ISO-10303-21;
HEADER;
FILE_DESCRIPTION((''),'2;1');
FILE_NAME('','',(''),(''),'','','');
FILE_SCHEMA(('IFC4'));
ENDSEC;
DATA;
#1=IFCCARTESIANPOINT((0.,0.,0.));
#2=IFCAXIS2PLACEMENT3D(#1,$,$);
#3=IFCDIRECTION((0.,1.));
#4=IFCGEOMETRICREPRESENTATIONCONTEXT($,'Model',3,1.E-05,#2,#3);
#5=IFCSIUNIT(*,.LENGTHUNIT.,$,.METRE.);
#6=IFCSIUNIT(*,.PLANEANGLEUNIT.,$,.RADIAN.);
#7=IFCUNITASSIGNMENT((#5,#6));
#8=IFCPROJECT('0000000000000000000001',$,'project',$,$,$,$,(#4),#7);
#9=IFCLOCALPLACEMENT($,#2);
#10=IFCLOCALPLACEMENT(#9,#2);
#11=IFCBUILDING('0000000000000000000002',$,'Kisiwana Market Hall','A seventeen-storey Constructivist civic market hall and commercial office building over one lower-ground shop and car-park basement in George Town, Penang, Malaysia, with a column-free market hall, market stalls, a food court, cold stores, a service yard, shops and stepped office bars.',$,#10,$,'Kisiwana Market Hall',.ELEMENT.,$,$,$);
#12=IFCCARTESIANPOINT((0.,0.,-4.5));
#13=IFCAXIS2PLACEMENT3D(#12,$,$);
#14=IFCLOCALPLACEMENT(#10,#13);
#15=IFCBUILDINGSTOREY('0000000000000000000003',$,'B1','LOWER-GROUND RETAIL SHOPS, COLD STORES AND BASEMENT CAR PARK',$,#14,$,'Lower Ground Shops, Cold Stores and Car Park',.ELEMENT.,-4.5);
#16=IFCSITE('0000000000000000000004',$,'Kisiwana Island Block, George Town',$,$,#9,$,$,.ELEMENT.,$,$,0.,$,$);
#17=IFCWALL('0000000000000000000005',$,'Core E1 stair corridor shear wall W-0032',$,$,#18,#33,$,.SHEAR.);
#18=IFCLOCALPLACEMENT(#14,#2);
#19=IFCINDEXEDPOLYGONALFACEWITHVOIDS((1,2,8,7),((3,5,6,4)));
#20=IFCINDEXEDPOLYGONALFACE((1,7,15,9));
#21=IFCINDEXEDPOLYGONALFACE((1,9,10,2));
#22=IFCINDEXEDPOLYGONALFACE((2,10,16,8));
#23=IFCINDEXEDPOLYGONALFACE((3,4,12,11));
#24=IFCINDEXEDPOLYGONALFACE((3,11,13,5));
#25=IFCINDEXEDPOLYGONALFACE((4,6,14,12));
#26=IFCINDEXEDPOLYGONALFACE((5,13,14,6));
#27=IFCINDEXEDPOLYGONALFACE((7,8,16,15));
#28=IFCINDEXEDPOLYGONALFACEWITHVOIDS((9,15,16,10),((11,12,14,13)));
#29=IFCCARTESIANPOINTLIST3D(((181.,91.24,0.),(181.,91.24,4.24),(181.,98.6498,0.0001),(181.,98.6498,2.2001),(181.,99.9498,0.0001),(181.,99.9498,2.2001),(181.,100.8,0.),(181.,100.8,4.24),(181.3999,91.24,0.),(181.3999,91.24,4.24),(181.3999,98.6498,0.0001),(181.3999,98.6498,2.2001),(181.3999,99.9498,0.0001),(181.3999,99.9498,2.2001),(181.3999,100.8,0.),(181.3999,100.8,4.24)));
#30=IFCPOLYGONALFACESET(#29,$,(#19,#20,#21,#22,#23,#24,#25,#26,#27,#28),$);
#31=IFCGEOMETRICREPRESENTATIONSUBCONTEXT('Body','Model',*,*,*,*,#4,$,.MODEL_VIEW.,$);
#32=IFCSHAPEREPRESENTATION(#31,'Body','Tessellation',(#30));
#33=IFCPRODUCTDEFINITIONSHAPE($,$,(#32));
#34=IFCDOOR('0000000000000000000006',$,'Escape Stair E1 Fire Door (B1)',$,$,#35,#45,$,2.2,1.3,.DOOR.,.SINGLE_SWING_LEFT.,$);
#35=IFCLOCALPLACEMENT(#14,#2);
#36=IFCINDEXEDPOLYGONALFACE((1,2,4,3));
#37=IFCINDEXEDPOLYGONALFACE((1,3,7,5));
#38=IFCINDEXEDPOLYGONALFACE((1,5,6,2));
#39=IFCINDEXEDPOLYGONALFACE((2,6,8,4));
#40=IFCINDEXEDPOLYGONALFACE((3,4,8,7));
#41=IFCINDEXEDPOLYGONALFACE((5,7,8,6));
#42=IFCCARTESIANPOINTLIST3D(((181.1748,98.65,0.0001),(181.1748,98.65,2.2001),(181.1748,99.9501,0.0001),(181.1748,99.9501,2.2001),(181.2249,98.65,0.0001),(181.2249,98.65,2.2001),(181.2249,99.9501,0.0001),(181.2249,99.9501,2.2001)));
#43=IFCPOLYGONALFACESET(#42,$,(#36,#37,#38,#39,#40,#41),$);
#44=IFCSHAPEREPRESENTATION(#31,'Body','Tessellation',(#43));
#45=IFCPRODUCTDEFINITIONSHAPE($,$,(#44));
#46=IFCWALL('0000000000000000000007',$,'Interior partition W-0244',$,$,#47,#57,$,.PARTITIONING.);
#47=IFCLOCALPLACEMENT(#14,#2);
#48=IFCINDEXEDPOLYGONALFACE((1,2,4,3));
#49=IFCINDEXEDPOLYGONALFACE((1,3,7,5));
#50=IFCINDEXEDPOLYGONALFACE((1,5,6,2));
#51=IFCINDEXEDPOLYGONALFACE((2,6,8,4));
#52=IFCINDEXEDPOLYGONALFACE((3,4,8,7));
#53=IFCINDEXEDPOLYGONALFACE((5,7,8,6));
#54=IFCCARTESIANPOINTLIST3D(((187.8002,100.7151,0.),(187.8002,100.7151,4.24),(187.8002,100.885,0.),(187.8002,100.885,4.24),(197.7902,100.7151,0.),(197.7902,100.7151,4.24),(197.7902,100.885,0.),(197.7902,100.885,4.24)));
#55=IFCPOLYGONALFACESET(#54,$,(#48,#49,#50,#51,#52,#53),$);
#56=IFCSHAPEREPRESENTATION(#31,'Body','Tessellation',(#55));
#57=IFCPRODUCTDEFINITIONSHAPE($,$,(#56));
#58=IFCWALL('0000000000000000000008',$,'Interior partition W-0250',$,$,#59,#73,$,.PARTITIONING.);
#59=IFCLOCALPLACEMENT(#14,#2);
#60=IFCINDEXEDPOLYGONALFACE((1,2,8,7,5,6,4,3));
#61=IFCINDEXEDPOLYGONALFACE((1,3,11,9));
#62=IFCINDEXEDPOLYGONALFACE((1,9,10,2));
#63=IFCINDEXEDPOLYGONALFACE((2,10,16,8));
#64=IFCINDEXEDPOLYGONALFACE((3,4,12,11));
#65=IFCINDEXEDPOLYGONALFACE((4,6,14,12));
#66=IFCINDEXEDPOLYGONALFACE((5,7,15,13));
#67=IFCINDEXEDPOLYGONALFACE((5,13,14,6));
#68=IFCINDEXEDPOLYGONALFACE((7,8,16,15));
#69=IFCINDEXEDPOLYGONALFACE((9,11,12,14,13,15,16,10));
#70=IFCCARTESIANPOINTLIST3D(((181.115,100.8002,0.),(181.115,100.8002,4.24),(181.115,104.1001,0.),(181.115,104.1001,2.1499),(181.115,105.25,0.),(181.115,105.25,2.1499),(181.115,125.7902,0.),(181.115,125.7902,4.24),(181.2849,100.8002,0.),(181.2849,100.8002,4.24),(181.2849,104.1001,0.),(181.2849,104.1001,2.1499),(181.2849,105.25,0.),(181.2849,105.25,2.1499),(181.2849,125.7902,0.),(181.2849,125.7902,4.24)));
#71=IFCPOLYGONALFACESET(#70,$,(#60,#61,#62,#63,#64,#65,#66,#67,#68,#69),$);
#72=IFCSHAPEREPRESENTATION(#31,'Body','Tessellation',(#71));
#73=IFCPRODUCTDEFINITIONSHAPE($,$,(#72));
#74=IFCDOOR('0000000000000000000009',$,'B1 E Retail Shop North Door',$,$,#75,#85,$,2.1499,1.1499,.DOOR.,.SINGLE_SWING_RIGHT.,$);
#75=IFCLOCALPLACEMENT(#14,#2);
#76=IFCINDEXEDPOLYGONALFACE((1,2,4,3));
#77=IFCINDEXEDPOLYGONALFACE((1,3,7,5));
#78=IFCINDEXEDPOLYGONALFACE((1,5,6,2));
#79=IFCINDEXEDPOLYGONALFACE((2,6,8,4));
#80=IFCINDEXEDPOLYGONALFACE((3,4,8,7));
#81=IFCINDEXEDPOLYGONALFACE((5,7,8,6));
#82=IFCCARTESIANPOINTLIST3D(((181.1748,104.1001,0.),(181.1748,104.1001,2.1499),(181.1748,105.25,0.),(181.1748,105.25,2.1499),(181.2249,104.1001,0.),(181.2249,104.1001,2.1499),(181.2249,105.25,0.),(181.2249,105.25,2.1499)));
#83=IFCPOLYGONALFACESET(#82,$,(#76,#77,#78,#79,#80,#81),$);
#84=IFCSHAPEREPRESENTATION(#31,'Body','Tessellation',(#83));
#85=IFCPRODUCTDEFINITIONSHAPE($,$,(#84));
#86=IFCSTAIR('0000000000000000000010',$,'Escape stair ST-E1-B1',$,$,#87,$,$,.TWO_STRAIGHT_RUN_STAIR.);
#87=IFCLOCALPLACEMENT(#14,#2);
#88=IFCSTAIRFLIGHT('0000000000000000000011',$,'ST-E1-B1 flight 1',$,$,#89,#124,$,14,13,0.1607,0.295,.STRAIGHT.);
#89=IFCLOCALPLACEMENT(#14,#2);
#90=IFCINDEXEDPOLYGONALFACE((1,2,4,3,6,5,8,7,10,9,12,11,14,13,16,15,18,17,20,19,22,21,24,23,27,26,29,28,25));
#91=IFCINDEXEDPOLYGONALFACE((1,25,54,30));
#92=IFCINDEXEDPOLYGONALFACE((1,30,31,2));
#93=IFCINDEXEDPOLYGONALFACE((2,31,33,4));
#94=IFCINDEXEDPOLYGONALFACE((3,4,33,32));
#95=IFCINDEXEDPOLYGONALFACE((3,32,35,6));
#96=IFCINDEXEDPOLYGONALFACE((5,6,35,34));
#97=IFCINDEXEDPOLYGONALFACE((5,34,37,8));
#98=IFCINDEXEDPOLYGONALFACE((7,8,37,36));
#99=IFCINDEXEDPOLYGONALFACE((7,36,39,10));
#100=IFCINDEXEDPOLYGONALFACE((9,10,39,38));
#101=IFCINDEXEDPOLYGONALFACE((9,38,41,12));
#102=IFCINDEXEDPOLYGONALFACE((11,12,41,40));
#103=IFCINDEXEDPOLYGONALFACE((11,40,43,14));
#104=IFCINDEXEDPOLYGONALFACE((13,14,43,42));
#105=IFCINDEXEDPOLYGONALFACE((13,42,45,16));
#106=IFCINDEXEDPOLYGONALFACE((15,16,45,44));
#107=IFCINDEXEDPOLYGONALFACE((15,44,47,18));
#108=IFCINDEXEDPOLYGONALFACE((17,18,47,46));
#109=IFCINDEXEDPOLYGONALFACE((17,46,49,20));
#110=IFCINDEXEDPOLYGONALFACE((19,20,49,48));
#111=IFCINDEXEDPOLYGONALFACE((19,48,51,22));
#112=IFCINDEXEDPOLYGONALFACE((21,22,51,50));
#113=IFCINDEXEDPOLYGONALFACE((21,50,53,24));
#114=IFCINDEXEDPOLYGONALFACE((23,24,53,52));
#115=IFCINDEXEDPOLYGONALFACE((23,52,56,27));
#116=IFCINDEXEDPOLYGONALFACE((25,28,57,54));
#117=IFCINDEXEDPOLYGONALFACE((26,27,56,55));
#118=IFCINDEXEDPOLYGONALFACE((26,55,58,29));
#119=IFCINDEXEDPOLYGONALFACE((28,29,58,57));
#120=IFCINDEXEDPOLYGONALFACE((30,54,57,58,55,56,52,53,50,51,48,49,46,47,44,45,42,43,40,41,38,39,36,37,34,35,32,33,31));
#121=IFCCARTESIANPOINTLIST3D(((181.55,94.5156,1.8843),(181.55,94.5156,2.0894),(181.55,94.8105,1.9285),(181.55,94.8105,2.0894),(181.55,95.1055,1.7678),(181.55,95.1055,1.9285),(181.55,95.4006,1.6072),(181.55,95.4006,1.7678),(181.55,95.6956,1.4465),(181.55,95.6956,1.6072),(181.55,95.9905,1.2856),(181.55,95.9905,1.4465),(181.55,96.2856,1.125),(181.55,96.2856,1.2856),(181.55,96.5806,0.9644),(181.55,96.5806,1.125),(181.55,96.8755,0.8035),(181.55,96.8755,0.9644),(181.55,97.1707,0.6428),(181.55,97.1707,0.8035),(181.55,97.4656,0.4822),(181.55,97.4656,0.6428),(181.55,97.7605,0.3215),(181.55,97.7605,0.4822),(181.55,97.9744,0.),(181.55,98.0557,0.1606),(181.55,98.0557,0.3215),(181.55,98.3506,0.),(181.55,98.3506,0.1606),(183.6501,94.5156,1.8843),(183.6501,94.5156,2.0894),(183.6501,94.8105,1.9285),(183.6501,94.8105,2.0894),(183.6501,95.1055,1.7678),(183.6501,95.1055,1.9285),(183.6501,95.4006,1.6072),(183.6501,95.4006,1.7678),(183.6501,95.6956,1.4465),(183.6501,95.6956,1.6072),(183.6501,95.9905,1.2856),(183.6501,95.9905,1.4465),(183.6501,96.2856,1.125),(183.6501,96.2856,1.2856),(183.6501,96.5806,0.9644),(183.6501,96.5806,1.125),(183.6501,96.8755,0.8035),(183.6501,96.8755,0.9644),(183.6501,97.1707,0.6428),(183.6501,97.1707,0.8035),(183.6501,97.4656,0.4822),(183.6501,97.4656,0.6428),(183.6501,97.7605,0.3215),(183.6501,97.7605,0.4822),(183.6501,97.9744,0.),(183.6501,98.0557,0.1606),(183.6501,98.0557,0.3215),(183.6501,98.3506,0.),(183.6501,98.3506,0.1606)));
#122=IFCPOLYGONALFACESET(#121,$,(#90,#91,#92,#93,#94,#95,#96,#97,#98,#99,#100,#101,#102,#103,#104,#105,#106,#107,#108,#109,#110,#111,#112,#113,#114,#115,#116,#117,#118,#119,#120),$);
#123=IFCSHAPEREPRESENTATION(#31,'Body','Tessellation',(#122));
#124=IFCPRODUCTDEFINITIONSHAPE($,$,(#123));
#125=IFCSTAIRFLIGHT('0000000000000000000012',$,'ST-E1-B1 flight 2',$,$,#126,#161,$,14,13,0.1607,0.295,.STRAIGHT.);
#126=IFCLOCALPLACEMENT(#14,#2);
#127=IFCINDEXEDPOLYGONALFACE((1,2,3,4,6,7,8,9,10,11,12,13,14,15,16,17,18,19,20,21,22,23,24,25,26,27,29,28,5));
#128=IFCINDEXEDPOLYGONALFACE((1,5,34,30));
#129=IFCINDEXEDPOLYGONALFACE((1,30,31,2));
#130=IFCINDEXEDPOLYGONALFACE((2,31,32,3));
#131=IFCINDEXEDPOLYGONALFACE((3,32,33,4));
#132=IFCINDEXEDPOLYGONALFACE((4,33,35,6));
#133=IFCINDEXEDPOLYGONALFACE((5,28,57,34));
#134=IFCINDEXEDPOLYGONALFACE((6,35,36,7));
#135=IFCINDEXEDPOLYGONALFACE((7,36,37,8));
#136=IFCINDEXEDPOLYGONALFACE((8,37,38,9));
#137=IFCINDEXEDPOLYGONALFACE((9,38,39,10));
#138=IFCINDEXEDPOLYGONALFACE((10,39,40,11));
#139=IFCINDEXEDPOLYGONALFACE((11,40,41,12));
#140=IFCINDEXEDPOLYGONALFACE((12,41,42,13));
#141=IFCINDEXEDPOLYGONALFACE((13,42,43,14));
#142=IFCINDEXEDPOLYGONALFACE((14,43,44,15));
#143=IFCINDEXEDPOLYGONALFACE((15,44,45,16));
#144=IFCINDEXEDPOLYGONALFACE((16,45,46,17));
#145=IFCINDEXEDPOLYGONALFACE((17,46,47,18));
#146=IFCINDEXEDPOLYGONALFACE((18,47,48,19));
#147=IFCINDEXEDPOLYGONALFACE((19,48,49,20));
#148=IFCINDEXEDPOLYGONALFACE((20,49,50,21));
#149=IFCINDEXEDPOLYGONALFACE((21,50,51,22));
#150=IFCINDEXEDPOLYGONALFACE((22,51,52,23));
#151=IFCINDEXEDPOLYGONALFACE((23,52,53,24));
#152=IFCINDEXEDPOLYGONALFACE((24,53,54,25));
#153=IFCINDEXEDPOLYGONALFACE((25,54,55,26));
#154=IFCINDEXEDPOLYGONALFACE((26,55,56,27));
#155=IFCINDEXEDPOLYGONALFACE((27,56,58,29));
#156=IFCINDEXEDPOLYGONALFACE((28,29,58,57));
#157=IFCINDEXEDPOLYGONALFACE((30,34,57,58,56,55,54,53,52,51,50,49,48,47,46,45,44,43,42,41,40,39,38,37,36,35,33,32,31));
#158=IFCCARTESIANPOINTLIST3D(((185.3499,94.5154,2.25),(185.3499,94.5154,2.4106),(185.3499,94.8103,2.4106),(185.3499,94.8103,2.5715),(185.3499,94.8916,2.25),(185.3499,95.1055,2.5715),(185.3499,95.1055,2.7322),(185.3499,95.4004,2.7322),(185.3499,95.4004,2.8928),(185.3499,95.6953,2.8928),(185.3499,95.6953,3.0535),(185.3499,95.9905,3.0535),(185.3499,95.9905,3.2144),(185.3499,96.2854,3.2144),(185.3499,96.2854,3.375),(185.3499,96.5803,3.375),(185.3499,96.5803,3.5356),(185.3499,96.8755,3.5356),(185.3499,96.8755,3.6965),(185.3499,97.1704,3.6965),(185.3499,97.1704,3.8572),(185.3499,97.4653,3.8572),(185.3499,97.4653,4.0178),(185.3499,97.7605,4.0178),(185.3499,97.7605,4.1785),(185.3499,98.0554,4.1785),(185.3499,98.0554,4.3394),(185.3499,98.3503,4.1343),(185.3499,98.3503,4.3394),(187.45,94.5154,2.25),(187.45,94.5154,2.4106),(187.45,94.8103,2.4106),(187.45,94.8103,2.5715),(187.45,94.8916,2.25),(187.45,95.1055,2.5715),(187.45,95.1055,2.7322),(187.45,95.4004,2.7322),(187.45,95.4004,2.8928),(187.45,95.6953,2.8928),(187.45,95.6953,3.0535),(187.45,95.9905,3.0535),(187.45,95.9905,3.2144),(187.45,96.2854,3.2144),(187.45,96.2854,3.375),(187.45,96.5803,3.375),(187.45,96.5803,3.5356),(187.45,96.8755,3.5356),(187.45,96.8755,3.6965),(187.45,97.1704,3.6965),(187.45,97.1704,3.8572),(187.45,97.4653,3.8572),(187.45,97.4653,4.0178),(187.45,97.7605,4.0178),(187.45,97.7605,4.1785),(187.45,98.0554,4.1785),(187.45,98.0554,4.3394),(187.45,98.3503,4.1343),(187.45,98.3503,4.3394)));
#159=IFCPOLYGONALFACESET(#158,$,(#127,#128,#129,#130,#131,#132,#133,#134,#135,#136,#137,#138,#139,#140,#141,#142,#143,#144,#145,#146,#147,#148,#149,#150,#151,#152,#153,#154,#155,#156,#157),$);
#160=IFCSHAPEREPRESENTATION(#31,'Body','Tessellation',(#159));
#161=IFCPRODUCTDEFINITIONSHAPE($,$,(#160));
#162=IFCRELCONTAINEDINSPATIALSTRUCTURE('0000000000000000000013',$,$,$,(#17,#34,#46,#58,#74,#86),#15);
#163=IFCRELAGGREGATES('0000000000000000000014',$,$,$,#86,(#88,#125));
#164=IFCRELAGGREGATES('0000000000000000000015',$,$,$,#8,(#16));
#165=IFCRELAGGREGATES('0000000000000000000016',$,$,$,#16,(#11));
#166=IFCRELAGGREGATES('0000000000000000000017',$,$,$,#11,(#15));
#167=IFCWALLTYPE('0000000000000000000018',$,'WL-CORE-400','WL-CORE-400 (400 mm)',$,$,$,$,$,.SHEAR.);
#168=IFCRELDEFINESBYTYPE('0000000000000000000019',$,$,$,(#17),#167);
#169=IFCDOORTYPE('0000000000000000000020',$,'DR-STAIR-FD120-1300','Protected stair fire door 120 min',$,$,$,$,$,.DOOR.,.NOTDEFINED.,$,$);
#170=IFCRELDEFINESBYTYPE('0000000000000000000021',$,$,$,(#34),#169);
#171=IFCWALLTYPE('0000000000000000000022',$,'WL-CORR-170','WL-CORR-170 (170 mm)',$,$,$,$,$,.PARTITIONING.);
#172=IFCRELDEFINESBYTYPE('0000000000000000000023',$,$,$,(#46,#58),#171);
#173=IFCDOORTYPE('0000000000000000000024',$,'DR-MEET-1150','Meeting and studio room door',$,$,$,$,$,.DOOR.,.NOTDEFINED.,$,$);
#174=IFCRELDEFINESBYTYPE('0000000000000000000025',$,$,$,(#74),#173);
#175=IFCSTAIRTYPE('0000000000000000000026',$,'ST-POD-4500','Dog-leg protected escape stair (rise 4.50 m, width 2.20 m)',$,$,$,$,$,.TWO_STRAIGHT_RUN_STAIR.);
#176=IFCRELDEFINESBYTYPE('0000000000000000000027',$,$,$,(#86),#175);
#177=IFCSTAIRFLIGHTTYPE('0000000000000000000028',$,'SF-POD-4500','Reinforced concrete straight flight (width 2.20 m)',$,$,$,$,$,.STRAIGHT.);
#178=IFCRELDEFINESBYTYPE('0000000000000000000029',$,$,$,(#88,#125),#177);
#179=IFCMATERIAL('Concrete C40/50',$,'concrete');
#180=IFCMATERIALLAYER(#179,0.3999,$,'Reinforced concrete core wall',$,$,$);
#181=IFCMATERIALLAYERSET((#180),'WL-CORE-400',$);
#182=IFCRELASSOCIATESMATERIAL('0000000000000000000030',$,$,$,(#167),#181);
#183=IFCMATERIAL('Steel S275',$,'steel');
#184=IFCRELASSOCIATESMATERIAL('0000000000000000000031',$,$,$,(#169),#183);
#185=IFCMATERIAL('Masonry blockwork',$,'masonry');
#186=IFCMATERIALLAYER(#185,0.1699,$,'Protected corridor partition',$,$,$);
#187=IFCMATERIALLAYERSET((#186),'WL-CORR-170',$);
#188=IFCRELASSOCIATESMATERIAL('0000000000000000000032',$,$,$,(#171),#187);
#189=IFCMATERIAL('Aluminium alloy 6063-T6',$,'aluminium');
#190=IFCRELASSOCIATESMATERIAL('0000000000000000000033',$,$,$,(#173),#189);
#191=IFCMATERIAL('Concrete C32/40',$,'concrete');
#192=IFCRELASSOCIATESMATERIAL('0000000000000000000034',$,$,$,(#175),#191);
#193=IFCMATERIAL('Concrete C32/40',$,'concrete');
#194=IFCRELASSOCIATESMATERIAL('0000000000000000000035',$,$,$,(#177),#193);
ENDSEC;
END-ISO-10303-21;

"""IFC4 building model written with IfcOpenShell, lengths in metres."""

from ifc_helpers import new_model, si_unit, direction, frame, frame_2d, origin, place, context, subcontext, project, spatial, polyline, rectangle, outline, extrude, material, layer, layer_set, type_object, element, fill, aggregate, save


model = new_model("IFC4")

# Units and contexts
model_context = context("Model", 3, precision=1e-05, world=origin(), true_north=direction((0.0, 1.0)))
body_context = subcontext(model_context, "Body", "Model", "MODEL_VIEW")
ifc_project = project(units=[si_unit("LENGTHUNIT", "METRE"), si_unit("PLANEANGLEUNIT", "RADIAN")], contexts=[model_context])

# Site, building, storey
site_placement = place(None, origin())
site = spatial("IfcSite", under=ifc_project, at=site_placement, Name="Kisiwana Island Block, George Town", CompositionType="ELEMENT", RefElevation=0.0)
building_placement = place(site_placement, origin())
building = spatial("IfcBuilding", under=site, at=building_placement, Name="Kisiwana Market Hall", Description="A seventeen-storey Constructivist civic market hall and commercial office building over one lower-ground shop and car-park basement in George Town, Penang, Malaysia, with a column-free market hall, market stalls, a food court, cold stores, a service yard, shops and stepped office bars.", LongName="Kisiwana Market Hall", CompositionType="ELEMENT")
storey_placement = place(building_placement, frame((0.0, 0.0, -4.5)))
storey = spatial("IfcBuildingStorey", under=building, at=storey_placement, Name="B1", Description="LOWER-GROUND RETAIL SHOPS, COLD STORES AND BASEMENT CAR PARK", LongName="Lower Ground Shops, Cold Stores and Car Park", CompositionType="ELEMENT", Elevation=-4.5)

# Shared definitions
ifc_material_1 = material(Name="Concrete C40/50", Category="concrete")
ifc_layer_1 = layer(ifc_material_1, 0.3999, Name="Reinforced concrete core wall")
ifc_layer_set_1 = layer_set([ifc_layer_1], Name="WL-CORE-400")
wall_type_1 = type_object("IfcWallType", Name="WL-CORE-400", Description="WL-CORE-400 (400 mm)", PredefinedType="SHEAR", material=ifc_layer_set_1)

# Wall, opening, door
wall_1_placement = place(storey_placement, frame((181.2, 91.24, 0.0), z_axis=(0.0, 0.0, 1.0), x_axis=(0.0, 1.0, 0.0)))
wall_1 = element("IfcWall", 1, at=wall_1_placement, inside=storey, type_object=wall_type_1, Name="Core E1 stair corridor shear wall W-0032", PredefinedType="SHEAR", context=body_context, shape_type="SweptSolid", body=[
    extrude(rectangle(XDim=9.5601, YDim=0.3999, at=frame_2d((4.78, 0.0))), origin(), (0.0, 0.0, 1.0), 4.24),
])
opening_1_placement = place(wall_1_placement, frame((7.4099, 0.0, 0.0)))
opening_1 = element("IfcOpeningElement", 2, at=opening_1_placement, cuts=wall_1, PredefinedType="OPENING", context=body_context, shape_type="SweptSolid", body=[
    extrude(rectangle(XDim=1.3, YDim=2.2, at=frame_2d((0.6499, 1.1001))), frame((0.0, 0.2119, 0.0), z_axis=(0.0, -1.0, 0.0), x_axis=(1.0, 0.0, 0.0)), (0.0, 0.0, 1.0), 0.4238),
])
ifc_material_2 = material(Name="Steel S275", Category="steel")
door_type_1 = type_object("IfcDoorType", Name="DR-STAIR-FD120-1300", Description="Protected stair fire door 120 min", OperationType="NOTDEFINED", PredefinedType="DOOR", material=ifc_material_2)
door_1_placement = place(opening_1_placement, frame((1.3, 0.0, 0.0), z_axis=(0.0, 0.0, 1.0), x_axis=(-1.0, 0.0, 0.0)))
door_1 = element("IfcDoor", 3, at=door_1_placement, inside=storey, type_object=door_type_1, Name="Escape Stair E1 Fire Door (B1)", OperationType="SINGLE_SWING_LEFT", OverallHeight=2.2, OverallWidth=1.3, PredefinedType="DOOR", context=body_context, shape_type="SweptSolid", body=[
    extrude(rectangle(XDim=1.3, YDim=2.2, at=frame_2d((0.6499, 1.1001))), frame((0.0, 0.0249, 0.0), z_axis=(0.0, -1.0, 0.0), x_axis=(1.0, 0.0, 0.0)), (0.0, 0.0, 1.0), 0.05),
])
fill(opening_1, door_1)

# Wall
ifc_material_3 = material(Name="Masonry blockwork", Category="masonry")
ifc_layer_2 = layer(ifc_material_3, 0.1699, Name="Protected corridor partition")
ifc_layer_set_2 = layer_set([ifc_layer_2], Name="WL-CORR-170")
wall_type_2 = type_object("IfcWallType", Name="WL-CORR-170", Description="WL-CORR-170 (170 mm)", PredefinedType="PARTITIONING", material=ifc_layer_set_2)
wall_2_placement = place(storey_placement, frame((187.8, 100.8, 0.0), z_axis=(0.0, 0.0, 1.0), x_axis=(1.0, 0.0, 0.0)))
element("IfcWall", 4, at=wall_2_placement, inside=storey, type_object=wall_type_2, Name="Interior partition W-0244", PredefinedType="PARTITIONING", context=body_context, shape_type="SweptSolid", body=[
    extrude(rectangle(XDim=9.99, YDim=0.1699, at=frame_2d((4.9951, 0.0))), origin(), (0.0, 0.0, 1.0), 4.24),
])

# Wall, opening, door
wall_3_placement = place(storey_placement, frame((181.2, 100.8, 0.0), z_axis=(0.0, 0.0, 1.0), x_axis=(0.0, 1.0, 0.0)))
wall_3 = element("IfcWall", 5, at=wall_3_placement, inside=storey, type_object=wall_type_2, Name="Interior partition W-0250", PredefinedType="PARTITIONING", context=body_context, shape_type="SweptSolid", body=[
    extrude(rectangle(XDim=24.99, YDim=0.1699, at=frame_2d((12.4951, 0.0))), origin(), (0.0, 0.0, 1.0), 4.24),
])
opening_2_placement = place(wall_3_placement, frame((3.3, 0.0, 0.0)))
opening_2 = element("IfcOpeningElement", 6, at=opening_2_placement, cuts=wall_3, PredefinedType="OPENING", context=body_context, shape_type="SweptSolid", body=[
    extrude(rectangle(XDim=1.1499, YDim=2.1499, at=frame_2d((0.575, 1.075))), frame((0.0, 0.0969, 0.0), z_axis=(0.0, -1.0, 0.0), x_axis=(1.0, 0.0, 0.0)), (0.0, 0.0, 1.0), 0.1938),
])
ifc_material_4 = material(Name="Aluminium alloy 6063-T6", Category="aluminium")
door_type_2 = type_object("IfcDoorType", Name="DR-MEET-1150", Description="Meeting and studio room door", OperationType="NOTDEFINED", PredefinedType="DOOR", material=ifc_material_4)
door_2_placement = place(opening_2_placement, frame((1.1499, 0.0, 0.0), z_axis=(0.0, 0.0, 1.0), x_axis=(-1.0, 0.0, 0.0)))
door_2 = element("IfcDoor", 7, at=door_2_placement, inside=storey, type_object=door_type_2, Name="B1 E Retail Shop North Door", OperationType="SINGLE_SWING_RIGHT", OverallHeight=2.1499, OverallWidth=1.1499, PredefinedType="DOOR", context=body_context, shape_type="SweptSolid", body=[
    extrude(rectangle(XDim=1.1499, YDim=2.1499, at=frame_2d((0.575, 1.075))), frame((0.0, 0.0249, 0.0), z_axis=(0.0, -1.0, 0.0), x_axis=(1.0, 0.0, 0.0)), (0.0, 0.0, 1.0), 0.05),
])
fill(opening_2, door_2)

# Stair, stair flights
ifc_material_5 = material(Name="Concrete C32/40", Category="concrete")
stair_type = type_object("IfcStairType", Name="ST-POD-4500", Description="Dog-leg protected escape stair (rise 4.50 m, width 2.20 m)", PredefinedType="TWO_STRAIGHT_RUN_STAIR", material=ifc_material_5)
stair_placement = place(storey_placement, origin())
stair = element("IfcStair", 8, at=stair_placement, inside=storey, type_object=stair_type, Name="Escape stair ST-E1-B1", PredefinedType="TWO_STRAIGHT_RUN_STAIR")
ifc_material_6 = material(Name="Concrete C32/40", Category="concrete")
stair_flight_type = type_object("IfcStairFlightType", Name="SF-POD-4500", Description="Reinforced concrete straight flight (width 2.20 m)", PredefinedType="STRAIGHT", material=ifc_material_6)
stair_flight_1_placement = place(storey_placement, frame((182.6001, 98.3506, 0.0), z_axis=(0.0, 0.0, 1.0), x_axis=(0.0, -1.0, 0.0)))
stair_flight_1 = element("IfcStairFlight", 9, at=stair_flight_1_placement, type_object=stair_flight_type, Name="ST-E1-B1 flight 1", NumberOfRisers=14, NumberOfTreads=13, PredefinedType="STRAIGHT", RiserHeight=0.1607, TreadLength=0.295, context=body_context, shape_type="SweptSolid", body=[
    extrude(outline(polyline([(0.0, 0.0), (0.0, 0.1606), (0.2949, 0.1606), (0.2949, 0.3215), (0.5901, 0.3215), (0.5901, 0.4822), (0.885, 0.4822), (0.885, 0.6428), (1.1799, 0.6428), (1.1799, 0.8035), (1.4751, 0.8035), (1.4751, 0.9644), (1.77, 0.9644), (1.77, 1.125), (2.0649, 1.125), (2.0649, 1.2856), (2.3601, 1.2856), (2.3601, 1.4465), (2.655, 1.4465), (2.655, 1.6072), (2.95, 1.6072), (2.95, 1.7678), (3.2451, 1.7678), (3.2451, 1.9285), (3.54, 1.9285), (3.54, 2.0894), (3.835, 2.0894), (3.835, 2.25), (3.835, 1.8843), (0.3762, 0.0), (0.0, 0.0)])), frame((0.0, 1.05, 0.0), z_axis=(0.0, -1.0, 0.0), x_axis=(1.0, 0.0, 0.0)), (0.0, 0.0, 1.0), 2.1001),
])
stair_flight_2_placement = place(storey_placement, frame((186.3999, 94.5154, 2.25), z_axis=(0.0, 0.0, 1.0), x_axis=(0.0, 1.0, 0.0)))
stair_flight_2 = element("IfcStairFlight", 10, at=stair_flight_2_placement, type_object=stair_flight_type, Name="ST-E1-B1 flight 2", NumberOfRisers=14, NumberOfTreads=13, PredefinedType="STRAIGHT", RiserHeight=0.1607, TreadLength=0.295, context=body_context, shape_type="SweptSolid", body=[
    extrude(outline(polyline([(0.0, 0.0), (0.0, 0.1606), (0.2949, 0.1606), (0.2949, 0.3215), (0.5901, 0.3215), (0.5901, 0.4822), (0.885, 0.4822), (0.885, 0.6428), (1.1799, 0.6428), (1.1799, 0.8035), (1.4751, 0.8035), (1.4751, 0.9644), (1.77, 0.9644), (1.77, 1.125), (2.0649, 1.125), (2.0649, 1.2856), (2.3601, 1.2856), (2.3601, 1.4465), (2.655, 1.4465), (2.655, 1.6072), (2.95, 1.6072), (2.95, 1.7678), (3.2451, 1.7678), (3.2451, 1.9285), (3.54, 1.9285), (3.54, 2.0894), (3.835, 2.0894), (3.835, 2.25), (3.835, 1.8843), (0.3762, 0.0), (0.0, 0.0)])), frame((0.0, 1.05, 0.0), z_axis=(0.0, -1.0, 0.0), x_axis=(1.0, 0.0, 0.0)), (0.0, 0.0, 1.0), 2.1001),
])
aggregate(stair, [stair_flight_1, stair_flight_2])

save(model, "model.ifc")
